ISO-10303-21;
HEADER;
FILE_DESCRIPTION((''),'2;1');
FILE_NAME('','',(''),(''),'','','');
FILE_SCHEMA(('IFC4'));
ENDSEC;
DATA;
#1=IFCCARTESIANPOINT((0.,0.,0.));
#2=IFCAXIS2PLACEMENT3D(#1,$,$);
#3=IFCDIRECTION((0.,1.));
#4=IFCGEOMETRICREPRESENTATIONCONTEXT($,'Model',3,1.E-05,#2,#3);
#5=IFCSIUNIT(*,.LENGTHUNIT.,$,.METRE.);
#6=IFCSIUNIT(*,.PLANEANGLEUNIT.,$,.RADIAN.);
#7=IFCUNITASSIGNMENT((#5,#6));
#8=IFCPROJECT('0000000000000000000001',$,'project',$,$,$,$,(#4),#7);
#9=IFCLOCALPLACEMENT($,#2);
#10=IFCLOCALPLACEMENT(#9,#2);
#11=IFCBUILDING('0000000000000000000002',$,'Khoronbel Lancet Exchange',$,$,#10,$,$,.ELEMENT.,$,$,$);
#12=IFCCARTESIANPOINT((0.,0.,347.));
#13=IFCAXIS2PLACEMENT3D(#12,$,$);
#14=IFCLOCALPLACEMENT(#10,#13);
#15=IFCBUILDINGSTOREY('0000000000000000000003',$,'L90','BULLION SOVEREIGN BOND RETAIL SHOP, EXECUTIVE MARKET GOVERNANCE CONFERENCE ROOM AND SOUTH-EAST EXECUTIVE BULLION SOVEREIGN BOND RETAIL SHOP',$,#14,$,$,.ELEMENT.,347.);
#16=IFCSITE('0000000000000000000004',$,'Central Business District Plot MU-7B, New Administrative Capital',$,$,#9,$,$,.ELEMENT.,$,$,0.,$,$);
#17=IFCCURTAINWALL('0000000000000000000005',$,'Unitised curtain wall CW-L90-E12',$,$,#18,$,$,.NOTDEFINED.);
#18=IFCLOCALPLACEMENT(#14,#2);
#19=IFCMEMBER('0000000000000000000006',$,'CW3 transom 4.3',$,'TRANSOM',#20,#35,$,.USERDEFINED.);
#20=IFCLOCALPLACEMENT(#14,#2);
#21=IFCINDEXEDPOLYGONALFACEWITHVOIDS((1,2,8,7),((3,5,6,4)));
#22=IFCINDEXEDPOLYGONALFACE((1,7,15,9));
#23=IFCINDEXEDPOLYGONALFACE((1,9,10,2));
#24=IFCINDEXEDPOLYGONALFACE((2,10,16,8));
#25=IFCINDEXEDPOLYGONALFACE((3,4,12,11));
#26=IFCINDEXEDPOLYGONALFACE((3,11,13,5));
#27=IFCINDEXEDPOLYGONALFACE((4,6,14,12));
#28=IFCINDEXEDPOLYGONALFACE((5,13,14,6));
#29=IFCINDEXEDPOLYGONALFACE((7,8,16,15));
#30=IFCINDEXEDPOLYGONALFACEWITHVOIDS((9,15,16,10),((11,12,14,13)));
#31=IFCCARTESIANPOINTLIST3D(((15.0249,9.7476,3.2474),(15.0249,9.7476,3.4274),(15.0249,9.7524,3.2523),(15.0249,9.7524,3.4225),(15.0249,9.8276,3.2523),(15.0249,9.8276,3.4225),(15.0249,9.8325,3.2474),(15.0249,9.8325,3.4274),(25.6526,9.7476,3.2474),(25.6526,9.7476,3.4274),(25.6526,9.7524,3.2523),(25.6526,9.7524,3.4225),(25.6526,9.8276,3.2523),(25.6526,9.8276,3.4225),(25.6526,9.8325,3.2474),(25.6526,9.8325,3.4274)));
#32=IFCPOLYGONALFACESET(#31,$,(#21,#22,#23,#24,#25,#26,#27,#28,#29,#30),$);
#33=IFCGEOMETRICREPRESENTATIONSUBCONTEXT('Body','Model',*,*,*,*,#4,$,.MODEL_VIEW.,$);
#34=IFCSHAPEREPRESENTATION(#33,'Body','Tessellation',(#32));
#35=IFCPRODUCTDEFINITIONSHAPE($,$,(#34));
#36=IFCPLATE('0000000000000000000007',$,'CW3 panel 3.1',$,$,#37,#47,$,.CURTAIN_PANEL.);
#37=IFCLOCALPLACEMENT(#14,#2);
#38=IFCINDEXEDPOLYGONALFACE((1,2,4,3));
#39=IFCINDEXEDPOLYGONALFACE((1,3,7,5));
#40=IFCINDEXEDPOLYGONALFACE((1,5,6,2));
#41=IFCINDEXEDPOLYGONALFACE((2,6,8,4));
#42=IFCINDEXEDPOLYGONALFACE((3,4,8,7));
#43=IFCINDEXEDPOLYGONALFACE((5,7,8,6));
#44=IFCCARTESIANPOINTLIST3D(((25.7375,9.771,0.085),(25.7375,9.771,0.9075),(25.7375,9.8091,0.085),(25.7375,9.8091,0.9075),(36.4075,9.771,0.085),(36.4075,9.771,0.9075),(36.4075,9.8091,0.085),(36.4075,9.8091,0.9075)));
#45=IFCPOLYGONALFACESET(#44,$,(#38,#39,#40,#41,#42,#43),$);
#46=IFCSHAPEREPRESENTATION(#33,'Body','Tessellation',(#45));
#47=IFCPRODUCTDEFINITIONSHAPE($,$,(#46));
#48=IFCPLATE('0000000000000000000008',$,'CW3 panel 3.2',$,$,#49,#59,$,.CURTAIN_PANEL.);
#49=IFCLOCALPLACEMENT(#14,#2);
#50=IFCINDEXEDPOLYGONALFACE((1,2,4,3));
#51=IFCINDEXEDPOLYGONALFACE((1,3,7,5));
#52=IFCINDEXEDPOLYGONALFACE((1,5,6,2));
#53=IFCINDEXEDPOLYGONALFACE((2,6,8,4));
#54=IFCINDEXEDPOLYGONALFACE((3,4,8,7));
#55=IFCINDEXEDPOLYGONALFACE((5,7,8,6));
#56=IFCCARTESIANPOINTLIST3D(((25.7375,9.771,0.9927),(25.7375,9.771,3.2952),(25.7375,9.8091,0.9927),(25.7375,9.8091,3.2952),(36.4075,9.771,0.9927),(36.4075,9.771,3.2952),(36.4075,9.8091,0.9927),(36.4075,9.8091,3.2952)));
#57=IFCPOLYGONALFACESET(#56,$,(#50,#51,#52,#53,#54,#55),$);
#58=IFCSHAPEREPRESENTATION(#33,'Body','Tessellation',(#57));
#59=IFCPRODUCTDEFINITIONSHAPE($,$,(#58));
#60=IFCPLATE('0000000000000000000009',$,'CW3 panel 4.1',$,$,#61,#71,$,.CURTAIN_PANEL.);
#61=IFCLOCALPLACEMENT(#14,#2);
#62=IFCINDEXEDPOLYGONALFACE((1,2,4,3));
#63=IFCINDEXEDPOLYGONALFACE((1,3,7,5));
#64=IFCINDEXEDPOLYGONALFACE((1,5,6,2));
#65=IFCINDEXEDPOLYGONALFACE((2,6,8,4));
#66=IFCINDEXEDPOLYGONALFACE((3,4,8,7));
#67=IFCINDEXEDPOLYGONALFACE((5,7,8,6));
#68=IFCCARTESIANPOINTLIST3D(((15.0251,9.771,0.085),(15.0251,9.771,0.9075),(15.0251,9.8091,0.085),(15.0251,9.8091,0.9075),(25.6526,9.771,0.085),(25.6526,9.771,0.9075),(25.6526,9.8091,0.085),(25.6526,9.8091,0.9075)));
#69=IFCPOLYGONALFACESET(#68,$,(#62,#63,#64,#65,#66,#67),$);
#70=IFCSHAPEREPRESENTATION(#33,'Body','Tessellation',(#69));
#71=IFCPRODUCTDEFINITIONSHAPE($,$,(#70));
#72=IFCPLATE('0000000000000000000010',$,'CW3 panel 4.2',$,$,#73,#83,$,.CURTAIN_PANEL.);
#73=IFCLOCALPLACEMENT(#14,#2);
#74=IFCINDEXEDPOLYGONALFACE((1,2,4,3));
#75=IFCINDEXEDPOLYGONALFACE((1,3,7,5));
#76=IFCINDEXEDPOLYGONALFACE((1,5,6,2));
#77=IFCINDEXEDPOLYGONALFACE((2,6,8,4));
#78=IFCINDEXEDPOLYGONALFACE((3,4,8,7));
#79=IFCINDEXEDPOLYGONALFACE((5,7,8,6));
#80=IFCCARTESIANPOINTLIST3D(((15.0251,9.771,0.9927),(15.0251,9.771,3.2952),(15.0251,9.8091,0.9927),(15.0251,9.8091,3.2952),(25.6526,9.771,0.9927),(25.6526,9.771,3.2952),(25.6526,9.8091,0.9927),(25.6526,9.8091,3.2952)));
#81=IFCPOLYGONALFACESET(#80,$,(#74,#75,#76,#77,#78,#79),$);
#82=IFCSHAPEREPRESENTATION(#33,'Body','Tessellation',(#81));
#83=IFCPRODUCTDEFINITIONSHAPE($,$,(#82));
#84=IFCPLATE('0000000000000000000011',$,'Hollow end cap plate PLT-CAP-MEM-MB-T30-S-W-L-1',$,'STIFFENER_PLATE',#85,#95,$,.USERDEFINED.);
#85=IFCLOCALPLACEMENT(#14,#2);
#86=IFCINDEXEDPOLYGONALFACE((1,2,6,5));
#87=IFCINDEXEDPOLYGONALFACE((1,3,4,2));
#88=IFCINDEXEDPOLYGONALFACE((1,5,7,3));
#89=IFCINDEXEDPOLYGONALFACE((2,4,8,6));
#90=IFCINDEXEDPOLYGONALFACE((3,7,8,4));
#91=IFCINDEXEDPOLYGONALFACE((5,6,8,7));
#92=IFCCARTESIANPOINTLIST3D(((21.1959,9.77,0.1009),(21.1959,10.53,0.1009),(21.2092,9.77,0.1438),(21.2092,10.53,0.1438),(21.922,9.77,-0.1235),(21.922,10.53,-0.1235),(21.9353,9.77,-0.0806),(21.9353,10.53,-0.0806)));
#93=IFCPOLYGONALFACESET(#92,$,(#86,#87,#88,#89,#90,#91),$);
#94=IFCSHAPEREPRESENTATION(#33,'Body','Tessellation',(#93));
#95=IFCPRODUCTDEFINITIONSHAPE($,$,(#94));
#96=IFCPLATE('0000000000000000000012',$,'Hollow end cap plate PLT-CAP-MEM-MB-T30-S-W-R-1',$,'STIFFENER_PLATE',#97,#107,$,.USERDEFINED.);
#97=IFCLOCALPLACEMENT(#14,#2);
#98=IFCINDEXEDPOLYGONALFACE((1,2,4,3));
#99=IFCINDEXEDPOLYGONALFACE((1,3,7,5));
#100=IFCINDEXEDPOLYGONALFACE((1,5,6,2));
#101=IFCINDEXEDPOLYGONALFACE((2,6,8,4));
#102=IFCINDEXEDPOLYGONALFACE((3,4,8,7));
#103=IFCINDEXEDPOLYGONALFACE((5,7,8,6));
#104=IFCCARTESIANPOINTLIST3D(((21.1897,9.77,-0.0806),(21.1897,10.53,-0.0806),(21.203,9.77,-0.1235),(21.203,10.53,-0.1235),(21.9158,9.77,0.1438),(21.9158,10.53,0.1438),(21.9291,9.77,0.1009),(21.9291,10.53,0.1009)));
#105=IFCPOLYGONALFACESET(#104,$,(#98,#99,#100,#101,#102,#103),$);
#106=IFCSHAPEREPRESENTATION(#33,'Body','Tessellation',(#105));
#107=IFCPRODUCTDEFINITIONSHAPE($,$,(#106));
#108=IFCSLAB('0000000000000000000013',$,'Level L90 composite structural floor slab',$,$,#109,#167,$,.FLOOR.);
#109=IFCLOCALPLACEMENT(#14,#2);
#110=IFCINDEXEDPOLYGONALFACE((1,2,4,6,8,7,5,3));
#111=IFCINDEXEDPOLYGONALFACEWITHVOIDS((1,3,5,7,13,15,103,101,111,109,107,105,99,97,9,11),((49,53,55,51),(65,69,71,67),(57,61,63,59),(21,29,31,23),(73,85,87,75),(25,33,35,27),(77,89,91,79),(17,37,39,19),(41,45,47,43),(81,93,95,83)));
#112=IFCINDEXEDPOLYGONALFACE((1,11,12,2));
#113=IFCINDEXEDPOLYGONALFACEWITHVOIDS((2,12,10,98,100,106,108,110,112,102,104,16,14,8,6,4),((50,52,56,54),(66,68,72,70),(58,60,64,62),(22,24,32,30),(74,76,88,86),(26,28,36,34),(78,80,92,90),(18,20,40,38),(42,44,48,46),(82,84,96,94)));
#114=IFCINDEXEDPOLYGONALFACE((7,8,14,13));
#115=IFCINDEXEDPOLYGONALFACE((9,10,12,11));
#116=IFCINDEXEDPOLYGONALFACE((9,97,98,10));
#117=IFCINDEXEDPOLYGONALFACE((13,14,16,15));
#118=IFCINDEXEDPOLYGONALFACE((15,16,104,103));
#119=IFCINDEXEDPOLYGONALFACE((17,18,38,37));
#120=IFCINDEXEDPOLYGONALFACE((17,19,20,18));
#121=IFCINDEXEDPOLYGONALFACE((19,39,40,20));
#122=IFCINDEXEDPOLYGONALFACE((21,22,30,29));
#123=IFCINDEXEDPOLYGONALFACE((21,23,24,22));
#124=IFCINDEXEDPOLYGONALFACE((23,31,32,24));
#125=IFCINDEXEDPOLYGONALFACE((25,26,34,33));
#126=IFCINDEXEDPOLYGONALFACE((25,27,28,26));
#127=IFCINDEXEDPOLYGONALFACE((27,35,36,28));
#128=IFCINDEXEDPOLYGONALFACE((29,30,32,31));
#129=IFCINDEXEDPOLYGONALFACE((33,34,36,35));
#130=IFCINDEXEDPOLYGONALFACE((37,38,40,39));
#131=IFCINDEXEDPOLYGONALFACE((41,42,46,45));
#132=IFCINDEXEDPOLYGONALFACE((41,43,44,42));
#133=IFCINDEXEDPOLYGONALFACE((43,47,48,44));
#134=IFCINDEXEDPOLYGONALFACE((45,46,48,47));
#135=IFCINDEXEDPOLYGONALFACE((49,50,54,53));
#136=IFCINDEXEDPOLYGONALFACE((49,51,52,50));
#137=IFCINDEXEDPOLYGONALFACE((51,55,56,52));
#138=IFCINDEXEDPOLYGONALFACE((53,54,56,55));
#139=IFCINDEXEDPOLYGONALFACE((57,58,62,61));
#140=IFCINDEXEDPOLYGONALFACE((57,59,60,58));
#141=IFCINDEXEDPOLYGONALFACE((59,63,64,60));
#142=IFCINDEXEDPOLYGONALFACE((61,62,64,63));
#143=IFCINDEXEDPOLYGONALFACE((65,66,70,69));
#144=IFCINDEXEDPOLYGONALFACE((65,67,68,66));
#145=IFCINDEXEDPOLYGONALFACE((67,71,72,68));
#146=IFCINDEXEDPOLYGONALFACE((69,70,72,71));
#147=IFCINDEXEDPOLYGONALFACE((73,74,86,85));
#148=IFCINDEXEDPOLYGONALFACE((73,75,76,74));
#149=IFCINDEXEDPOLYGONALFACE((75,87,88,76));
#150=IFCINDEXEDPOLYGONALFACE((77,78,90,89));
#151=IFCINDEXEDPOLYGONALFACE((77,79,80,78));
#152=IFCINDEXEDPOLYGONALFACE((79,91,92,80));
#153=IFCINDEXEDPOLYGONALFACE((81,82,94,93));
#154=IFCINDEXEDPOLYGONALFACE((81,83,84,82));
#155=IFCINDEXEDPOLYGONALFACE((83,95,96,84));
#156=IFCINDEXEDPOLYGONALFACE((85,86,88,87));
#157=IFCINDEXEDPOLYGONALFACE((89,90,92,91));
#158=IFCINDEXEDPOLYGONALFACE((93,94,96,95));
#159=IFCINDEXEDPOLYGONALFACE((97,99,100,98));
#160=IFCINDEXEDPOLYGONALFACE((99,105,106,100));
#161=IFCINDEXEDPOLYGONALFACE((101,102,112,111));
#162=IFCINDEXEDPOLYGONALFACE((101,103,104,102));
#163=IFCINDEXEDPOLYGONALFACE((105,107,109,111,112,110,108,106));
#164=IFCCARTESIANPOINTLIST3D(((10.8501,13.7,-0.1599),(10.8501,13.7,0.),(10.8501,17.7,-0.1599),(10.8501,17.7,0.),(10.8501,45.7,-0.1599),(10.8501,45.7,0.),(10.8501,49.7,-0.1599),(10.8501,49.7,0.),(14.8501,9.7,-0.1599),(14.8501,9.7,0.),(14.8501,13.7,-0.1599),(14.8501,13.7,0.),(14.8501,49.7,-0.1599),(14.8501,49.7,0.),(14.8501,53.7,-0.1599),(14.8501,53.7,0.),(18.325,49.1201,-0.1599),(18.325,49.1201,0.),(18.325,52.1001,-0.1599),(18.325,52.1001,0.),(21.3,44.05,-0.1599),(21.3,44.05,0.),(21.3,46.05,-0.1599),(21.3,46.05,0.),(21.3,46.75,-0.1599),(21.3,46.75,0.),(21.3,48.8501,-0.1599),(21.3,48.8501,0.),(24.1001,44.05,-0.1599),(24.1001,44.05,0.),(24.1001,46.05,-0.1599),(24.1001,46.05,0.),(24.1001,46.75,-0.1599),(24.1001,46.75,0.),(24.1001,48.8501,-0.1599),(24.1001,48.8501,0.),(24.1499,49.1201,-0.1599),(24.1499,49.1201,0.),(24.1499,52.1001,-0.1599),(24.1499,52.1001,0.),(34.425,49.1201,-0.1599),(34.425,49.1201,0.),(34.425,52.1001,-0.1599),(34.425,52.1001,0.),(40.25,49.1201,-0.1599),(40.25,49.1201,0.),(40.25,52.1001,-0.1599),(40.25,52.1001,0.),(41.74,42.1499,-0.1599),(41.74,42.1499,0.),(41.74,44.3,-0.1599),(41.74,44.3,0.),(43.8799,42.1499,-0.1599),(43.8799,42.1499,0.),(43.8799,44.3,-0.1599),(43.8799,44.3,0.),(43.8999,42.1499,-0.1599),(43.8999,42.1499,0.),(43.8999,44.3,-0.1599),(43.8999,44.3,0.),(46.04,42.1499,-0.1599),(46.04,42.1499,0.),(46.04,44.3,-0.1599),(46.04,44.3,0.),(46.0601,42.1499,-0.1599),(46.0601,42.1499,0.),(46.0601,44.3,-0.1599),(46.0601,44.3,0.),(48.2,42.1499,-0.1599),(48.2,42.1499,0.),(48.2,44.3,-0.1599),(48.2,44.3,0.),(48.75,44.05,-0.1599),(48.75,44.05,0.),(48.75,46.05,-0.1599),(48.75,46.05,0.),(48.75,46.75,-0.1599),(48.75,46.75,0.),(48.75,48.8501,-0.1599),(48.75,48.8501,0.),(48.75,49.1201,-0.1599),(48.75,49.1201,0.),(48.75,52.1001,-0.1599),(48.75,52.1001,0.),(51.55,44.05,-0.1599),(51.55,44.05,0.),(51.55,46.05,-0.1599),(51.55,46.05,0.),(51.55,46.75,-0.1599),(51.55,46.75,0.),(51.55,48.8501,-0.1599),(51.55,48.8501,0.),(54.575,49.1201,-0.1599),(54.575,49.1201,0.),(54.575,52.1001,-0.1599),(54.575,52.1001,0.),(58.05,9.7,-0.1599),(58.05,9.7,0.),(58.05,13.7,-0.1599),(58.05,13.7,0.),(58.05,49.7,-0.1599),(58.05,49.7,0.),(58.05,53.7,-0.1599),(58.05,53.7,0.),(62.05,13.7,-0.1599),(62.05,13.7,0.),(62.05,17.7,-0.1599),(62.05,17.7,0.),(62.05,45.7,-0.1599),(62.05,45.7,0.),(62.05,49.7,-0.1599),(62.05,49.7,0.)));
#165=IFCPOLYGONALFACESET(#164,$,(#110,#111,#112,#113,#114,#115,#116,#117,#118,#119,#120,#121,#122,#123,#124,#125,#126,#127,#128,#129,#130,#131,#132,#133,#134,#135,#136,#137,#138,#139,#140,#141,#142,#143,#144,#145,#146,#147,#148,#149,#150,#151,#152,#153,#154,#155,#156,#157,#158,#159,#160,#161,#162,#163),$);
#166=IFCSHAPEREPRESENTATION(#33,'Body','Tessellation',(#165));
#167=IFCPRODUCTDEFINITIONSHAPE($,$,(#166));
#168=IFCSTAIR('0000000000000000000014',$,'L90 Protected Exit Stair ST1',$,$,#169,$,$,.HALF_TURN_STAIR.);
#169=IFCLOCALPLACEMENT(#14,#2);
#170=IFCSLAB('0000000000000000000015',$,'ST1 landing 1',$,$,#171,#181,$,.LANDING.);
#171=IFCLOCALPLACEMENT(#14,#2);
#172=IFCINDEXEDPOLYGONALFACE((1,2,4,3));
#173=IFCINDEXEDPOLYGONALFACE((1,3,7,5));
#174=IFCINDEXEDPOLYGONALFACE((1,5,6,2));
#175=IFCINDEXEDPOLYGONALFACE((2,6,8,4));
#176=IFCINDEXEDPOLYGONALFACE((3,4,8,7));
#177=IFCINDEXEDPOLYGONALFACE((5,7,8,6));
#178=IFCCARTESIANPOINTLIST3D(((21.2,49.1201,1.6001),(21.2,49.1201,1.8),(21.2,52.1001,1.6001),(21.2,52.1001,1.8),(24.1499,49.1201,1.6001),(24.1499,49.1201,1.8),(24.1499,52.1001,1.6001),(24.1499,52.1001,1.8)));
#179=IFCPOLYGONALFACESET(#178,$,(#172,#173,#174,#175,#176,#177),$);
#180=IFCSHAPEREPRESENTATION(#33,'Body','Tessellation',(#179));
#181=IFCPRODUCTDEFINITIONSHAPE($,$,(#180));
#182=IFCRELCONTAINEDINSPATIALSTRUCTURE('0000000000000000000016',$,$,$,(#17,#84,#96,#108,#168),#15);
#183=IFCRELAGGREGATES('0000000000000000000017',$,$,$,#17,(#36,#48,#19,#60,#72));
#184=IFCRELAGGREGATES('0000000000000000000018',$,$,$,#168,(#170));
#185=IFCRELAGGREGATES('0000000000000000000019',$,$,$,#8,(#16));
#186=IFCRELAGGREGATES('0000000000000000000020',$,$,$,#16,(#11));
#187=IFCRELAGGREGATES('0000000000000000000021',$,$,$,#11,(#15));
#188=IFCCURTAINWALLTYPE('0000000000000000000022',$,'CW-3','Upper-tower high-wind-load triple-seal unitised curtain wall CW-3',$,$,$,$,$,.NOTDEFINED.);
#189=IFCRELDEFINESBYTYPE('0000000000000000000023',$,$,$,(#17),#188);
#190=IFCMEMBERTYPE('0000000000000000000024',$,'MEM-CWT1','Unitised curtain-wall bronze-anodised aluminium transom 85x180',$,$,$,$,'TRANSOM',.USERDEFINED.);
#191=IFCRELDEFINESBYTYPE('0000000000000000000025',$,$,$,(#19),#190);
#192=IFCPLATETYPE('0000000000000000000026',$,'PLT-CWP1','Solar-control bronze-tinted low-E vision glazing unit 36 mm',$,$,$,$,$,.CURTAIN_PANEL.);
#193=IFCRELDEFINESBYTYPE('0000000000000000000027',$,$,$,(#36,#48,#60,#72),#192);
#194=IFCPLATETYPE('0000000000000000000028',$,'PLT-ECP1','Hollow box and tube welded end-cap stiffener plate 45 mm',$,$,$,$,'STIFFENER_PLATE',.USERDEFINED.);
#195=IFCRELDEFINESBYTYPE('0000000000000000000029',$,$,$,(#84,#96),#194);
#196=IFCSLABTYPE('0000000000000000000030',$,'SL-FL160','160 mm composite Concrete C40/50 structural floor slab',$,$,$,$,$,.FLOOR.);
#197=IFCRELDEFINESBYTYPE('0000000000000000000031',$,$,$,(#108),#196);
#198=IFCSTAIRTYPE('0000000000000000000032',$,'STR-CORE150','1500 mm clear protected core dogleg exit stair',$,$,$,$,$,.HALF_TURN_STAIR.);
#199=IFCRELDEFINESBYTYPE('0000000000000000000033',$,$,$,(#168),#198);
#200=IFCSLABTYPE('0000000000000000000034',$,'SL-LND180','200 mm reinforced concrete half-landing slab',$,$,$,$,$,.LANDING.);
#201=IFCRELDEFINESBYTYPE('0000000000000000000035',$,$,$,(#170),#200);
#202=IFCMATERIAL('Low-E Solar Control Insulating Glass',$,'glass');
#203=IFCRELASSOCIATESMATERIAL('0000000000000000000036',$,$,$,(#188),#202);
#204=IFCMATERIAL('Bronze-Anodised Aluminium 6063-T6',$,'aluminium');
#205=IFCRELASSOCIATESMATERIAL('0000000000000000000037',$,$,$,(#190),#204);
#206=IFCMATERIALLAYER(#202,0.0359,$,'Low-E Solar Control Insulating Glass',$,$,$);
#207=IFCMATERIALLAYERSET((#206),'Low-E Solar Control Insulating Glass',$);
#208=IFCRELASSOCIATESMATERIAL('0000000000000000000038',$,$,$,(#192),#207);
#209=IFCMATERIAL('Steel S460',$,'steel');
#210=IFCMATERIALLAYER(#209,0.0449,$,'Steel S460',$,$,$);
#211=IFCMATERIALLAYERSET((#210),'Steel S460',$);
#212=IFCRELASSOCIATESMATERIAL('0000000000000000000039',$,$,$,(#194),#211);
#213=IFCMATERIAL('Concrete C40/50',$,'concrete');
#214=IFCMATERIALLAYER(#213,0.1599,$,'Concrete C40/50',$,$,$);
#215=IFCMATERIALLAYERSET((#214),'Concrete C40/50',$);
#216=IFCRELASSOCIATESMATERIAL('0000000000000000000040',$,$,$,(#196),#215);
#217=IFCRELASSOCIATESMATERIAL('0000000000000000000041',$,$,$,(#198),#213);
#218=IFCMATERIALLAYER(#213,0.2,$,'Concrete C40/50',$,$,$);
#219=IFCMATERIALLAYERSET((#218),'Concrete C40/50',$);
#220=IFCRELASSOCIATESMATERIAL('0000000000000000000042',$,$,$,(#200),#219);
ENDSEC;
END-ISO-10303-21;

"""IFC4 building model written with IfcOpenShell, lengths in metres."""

from ifc_helpers import new_model, si_unit, direction, frame, origin, origin_2d, place, context, subcontext, project, spatial, polyline, rectangle, hollow_rectangle, outline, extrude, material, layer, layer_set, material_profile, profile_set, type_object, element, aggregate, save


model = new_model("IFC4")

# Units and contexts
model_context = context("Model", 3, precision=1e-05, world=origin(), true_north=direction((0.0, 1.0)))
body_context = subcontext(model_context, "Body", "Model", "MODEL_VIEW")
ifc_project = project(units=[si_unit("LENGTHUNIT", "METRE"), si_unit("PLANEANGLEUNIT", "RADIAN")], contexts=[model_context])

# Site, building, storey
site_placement = place(None, origin())
site = spatial("IfcSite", under=ifc_project, at=site_placement, Name="Central Business District Plot MU-7B, New Administrative Capital", CompositionType="ELEMENT", RefElevation=0.0)
building_placement = place(site_placement, origin())
building = spatial("IfcBuilding", under=site, at=building_placement, Name="Khoronbel Lancet Exchange", CompositionType="ELEMENT")
storey_placement = place(building_placement, frame((0.0, 0.0, 347.0)))
storey = spatial("IfcBuildingStorey", under=building, at=storey_placement, Name="L90", Description="BULLION SOVEREIGN BOND RETAIL SHOP, EXECUTIVE MARKET GOVERNANCE CONFERENCE ROOM AND SOUTH-EAST EXECUTIVE BULLION SOVEREIGN BOND RETAIL SHOP", CompositionType="ELEMENT", Elevation=347.0)

# Shared definitions
ifc_material_1 = material(Name="Steel S460", Category="steel")

# Curtain wall
ifc_material_2 = material(Name="Low-E Solar Control Insulating Glass", Category="glass")
curtain_wall_type_1 = type_object("IfcCurtainWallType", Name="CW-3", Description="Upper-tower high-wind-load triple-seal unitised curtain wall CW-3", PredefinedType="NOTDEFINED", material=ifc_material_2)
curtain_wall_1_placement = place(storey_placement, origin())
curtain_wall_1 = element("IfcCurtainWall", 1, at=curtain_wall_1_placement, inside=storey, type_object=curtain_wall_type_1, Name="Unitised curtain wall CW-L90-E12", PredefinedType="NOTDEFINED")
ifc_material_3 = material(Name="Bronze-Anodised Aluminium 6063-T6", Category="aluminium")
ifc_material_profile_1 = material_profile(ifc_material_3, hollow_rectangle(XDim=0.085, YDim=0.1799, WallThickness=0.0049, at=origin_2d()), Name="ALU TRANSOM 85x180")
ifc_profile_set_1 = profile_set([ifc_material_profile_1], Name="Bronze-Anodised Aluminium 6063-T6")
member_type_1 = type_object("IfcMemberType", Name="MEM-CWT1", Description="Unitised curtain-wall bronze-anodised aluminium transom 85x180", ElementType="TRANSOM", PredefinedType="USERDEFINED", material=ifc_profile_set_1)

# Member
member_1_placement = place(storey_placement, frame((25.6526, 9.79, 3.3374), z_axis=(-1.0, 0.0, 0.0), x_axis=(0.0, -1.0, 0.0)))
member_1 = element("IfcMember", 2, at=member_1_placement, type_object=member_type_1, Name="CW3 transom 4.3", ObjectType="TRANSOM", PredefinedType="USERDEFINED", context=body_context, shape_type="SweptSolid", body=[
    extrude(hollow_rectangle(XDim=0.085, YDim=0.1799, WallThickness=0.0049, at=origin_2d()), origin(), (0.0, 0.0, 1.0), 10.6277),
])

# Plates
ifc_layer_1 = layer(ifc_material_2, 0.0359, Name="Low-E Solar Control Insulating Glass")
ifc_layer_set_1 = layer_set([ifc_layer_1], Name="Low-E Solar Control Insulating Glass")
plate_type_1 = type_object("IfcPlateType", Name="PLT-CWP1", Description="Solar-control bronze-tinted low-E vision glazing unit 36 mm", PredefinedType="CURTAIN_PANEL", material=ifc_layer_set_1)
plate_1_placement = place(storey_placement, frame((31.0725, 9.79, 0.085), z_axis=(0.0, 0.0, 1.0), x_axis=(-1.0, 0.0, 0.0)))
plate_1 = element("IfcPlate", 3, at=plate_1_placement, type_object=plate_type_1, Name="CW3 panel 3.1", PredefinedType="CURTAIN_PANEL", context=body_context, shape_type="SweptSolid", body=[
    extrude(rectangle(XDim=10.6699, YDim=0.0381, at=origin_2d()), origin(), (0.0, 0.0, 1.0), 0.8225),
])
plate_2_placement = place(storey_placement, frame((31.0725, 9.79, 0.9927), z_axis=(0.0, 0.0, 1.0), x_axis=(-1.0, 0.0, 0.0)))
plate_2 = element("IfcPlate", 4, at=plate_2_placement, type_object=plate_type_1, Name="CW3 panel 3.2", PredefinedType="CURTAIN_PANEL", context=body_context, shape_type="SweptSolid", body=[
    extrude(rectangle(XDim=10.6699, YDim=0.0381, at=origin_2d()), origin(), (0.0, 0.0, 1.0), 2.3025),
])
plate_3_placement = place(storey_placement, frame((20.3389, 9.79, 0.085), z_axis=(0.0, 0.0, 1.0), x_axis=(-1.0, 0.0, 0.0)))
plate_3 = element("IfcPlate", 5, at=plate_3_placement, type_object=plate_type_1, Name="CW3 panel 4.1", PredefinedType="CURTAIN_PANEL", context=body_context, shape_type="SweptSolid", body=[
    extrude(rectangle(XDim=10.6274, YDim=0.0381, at=origin_2d()), origin(), (0.0, 0.0, 1.0), 0.8225),
])
plate_4_placement = place(storey_placement, frame((20.3389, 9.79, 0.9927), z_axis=(0.0, 0.0, 1.0), x_axis=(-1.0, 0.0, 0.0)))
plate_4 = element("IfcPlate", 6, at=plate_4_placement, type_object=plate_type_1, Name="CW3 panel 4.2", PredefinedType="CURTAIN_PANEL", context=body_context, shape_type="SweptSolid", body=[
    extrude(rectangle(XDim=10.6274, YDim=0.0381, at=origin_2d()), origin(), (0.0, 0.0, 1.0), 2.3025),
])
aggregate(curtain_wall_1, [plate_1, plate_2, member_1, plate_3, plate_4])

# Plates
ifc_layer_2 = layer(ifc_material_1, 0.0449, Name="Steel S460")
ifc_layer_set_2 = layer_set([ifc_layer_2], Name="Steel S460")
plate_type_2 = type_object("IfcPlateType", Name="PLT-ECP1", Description="Hollow box and tube welded end-cap stiffener plate 45 mm", ElementType="STIFFENER_PLATE", PredefinedType="USERDEFINED", material=ifc_layer_set_2)
for number, where, z_axis, x_axis, name in (
    (7, (21.9353, 9.77, -0.0806), (0.295237, 0.0, 0.955424), (0.0, 1.0, 0.0), "Hollow end cap plate PLT-CAP-MEM-MB-T30-S-W-L-1"),
    (8, (21.1897, 10.53, -0.0806), (-0.295237, 0.0, 0.955424), (0.0, -1.0, 0.0), "Hollow end cap plate PLT-CAP-MEM-MB-T30-S-W-R-1"),
):
    element("IfcPlate", number, at=place(storey_placement, frame(where, z_axis=z_axis, x_axis=x_axis)), inside=storey, type_object=plate_type_2, Name=name, ObjectType="STIFFENER_PLATE", PredefinedType="USERDEFINED", context=body_context, shape_type="SweptSolid", body=[
        extrude(outline(polyline([(0.0, 0.0), (0.76, 0.0), (0.76, 0.76), (0.0, 0.76), (0.0, 0.0)])), origin(), (0.0, 0.0, -1.0), 0.0449),
    ])

# Slab
ifc_material_4 = material(Name="Concrete C40/50", Category="concrete")
ifc_layer_3 = layer(ifc_material_4, 0.1599, Name="Concrete C40/50")
ifc_layer_set_3 = layer_set([ifc_layer_3], Name="Concrete C40/50")
slab_type_1 = type_object("IfcSlabType", Name="SL-FL160", Description="160 mm composite Concrete C40/50 structural floor slab", PredefinedType="FLOOR", material=ifc_layer_set_3)
slab_1_placement = place(storey_placement, frame((0.0, 0.0, -0.1599)))
element("IfcSlab", 9, at=slab_1_placement, inside=storey, type_object=slab_type_1, Name="Level L90 composite structural floor slab", PredefinedType="FLOOR", context=body_context, shape_type="SweptSolid", body=[
    extrude(outline(polyline([(14.8501, 9.7), (58.05, 9.7), (58.05, 13.7), (62.05, 13.7), (62.05, 17.7), (62.05, 45.7), (62.05, 49.7), (58.05, 49.7), (58.05, 53.7), (14.8501, 53.7), (14.8501, 49.7), (10.8501, 49.7), (10.8501, 45.7), (10.8501, 17.7), (10.8501, 13.7), (14.8501, 13.7), (14.8501, 9.7)]), holes=[polyline([(18.325, 49.1201), (24.1499, 49.1201), (24.1499, 52.1001), (18.325, 52.1001), (18.325, 49.1201)]), polyline([(48.75, 49.1201), (54.575, 49.1201), (54.575, 52.1001), (48.75, 52.1001), (48.75, 49.1201)]), polyline([(34.425, 49.1201), (40.25, 49.1201), (40.25, 52.1001), (34.425, 52.1001), (34.425, 49.1201)]), polyline([(41.74, 42.1499), (43.8799, 42.1499), (43.8799, 44.3), (41.74, 44.3), (41.74, 42.1499)]), polyline([(43.8999, 42.1499), (46.04, 42.1499), (46.04, 44.3), (43.8999, 44.3), (43.8999, 42.1499)]), polyline([(46.0601, 42.1499), (48.2, 42.1499), (48.2, 44.3), (46.0601, 44.3), (46.0601, 42.1499)]), polyline([(21.3, 46.75), (24.1001, 46.75), (24.1001, 48.8501), (21.3, 48.8501), (21.3, 46.75)]), polyline([(48.75, 46.75), (51.55, 46.75), (51.55, 48.8501), (48.75, 48.8501), (48.75, 46.75)]), polyline([(21.3, 44.05), (24.1001, 44.05), (24.1001, 46.05), (21.3, 46.05), (21.3, 44.05)]), polyline([(48.75, 44.05), (51.55, 44.05), (51.55, 46.05), (48.75, 46.05), (48.75, 44.05)])]), origin(), (0.0, 0.0, 1.0), 0.1599),
])

# Stair, slab
stair_type = type_object("IfcStairType", Name="STR-CORE150", Description="1500 mm clear protected core dogleg exit stair", PredefinedType="HALF_TURN_STAIR", material=ifc_material_4)
stair_1_placement = place(storey_placement, origin())
stair_1 = element("IfcStair", 10, at=stair_1_placement, inside=storey, type_object=stair_type, Name="L90 Protected Exit Stair ST1", PredefinedType="HALF_TURN_STAIR")
ifc_layer_4 = layer(ifc_material_4, 0.2, Name="Concrete C40/50")
ifc_layer_set_4 = layer_set([ifc_layer_4], Name="Concrete C40/50")
slab_type_2 = type_object("IfcSlabType", Name="SL-LND180", Description="200 mm reinforced concrete half-landing slab", PredefinedType="LANDING", material=ifc_layer_set_4)
slab_2_placement = place(storey_placement, frame((0.0, 0.0, 1.6001)))
slab_2 = element("IfcSlab", 11, at=slab_2_placement, type_object=slab_type_2, Name="ST1 landing 1", PredefinedType="LANDING", context=body_context, shape_type="SweptSolid", body=[
    extrude(outline(polyline([(21.2, 49.1201), (24.1499, 49.1201), (24.1499, 52.1001), (21.2, 52.1001), (21.2, 49.1201)])), origin(), (0.0, 0.0, 1.0), 0.2),
])
aggregate(stair_1, [slab_2])

save(model, "model.ifc")
